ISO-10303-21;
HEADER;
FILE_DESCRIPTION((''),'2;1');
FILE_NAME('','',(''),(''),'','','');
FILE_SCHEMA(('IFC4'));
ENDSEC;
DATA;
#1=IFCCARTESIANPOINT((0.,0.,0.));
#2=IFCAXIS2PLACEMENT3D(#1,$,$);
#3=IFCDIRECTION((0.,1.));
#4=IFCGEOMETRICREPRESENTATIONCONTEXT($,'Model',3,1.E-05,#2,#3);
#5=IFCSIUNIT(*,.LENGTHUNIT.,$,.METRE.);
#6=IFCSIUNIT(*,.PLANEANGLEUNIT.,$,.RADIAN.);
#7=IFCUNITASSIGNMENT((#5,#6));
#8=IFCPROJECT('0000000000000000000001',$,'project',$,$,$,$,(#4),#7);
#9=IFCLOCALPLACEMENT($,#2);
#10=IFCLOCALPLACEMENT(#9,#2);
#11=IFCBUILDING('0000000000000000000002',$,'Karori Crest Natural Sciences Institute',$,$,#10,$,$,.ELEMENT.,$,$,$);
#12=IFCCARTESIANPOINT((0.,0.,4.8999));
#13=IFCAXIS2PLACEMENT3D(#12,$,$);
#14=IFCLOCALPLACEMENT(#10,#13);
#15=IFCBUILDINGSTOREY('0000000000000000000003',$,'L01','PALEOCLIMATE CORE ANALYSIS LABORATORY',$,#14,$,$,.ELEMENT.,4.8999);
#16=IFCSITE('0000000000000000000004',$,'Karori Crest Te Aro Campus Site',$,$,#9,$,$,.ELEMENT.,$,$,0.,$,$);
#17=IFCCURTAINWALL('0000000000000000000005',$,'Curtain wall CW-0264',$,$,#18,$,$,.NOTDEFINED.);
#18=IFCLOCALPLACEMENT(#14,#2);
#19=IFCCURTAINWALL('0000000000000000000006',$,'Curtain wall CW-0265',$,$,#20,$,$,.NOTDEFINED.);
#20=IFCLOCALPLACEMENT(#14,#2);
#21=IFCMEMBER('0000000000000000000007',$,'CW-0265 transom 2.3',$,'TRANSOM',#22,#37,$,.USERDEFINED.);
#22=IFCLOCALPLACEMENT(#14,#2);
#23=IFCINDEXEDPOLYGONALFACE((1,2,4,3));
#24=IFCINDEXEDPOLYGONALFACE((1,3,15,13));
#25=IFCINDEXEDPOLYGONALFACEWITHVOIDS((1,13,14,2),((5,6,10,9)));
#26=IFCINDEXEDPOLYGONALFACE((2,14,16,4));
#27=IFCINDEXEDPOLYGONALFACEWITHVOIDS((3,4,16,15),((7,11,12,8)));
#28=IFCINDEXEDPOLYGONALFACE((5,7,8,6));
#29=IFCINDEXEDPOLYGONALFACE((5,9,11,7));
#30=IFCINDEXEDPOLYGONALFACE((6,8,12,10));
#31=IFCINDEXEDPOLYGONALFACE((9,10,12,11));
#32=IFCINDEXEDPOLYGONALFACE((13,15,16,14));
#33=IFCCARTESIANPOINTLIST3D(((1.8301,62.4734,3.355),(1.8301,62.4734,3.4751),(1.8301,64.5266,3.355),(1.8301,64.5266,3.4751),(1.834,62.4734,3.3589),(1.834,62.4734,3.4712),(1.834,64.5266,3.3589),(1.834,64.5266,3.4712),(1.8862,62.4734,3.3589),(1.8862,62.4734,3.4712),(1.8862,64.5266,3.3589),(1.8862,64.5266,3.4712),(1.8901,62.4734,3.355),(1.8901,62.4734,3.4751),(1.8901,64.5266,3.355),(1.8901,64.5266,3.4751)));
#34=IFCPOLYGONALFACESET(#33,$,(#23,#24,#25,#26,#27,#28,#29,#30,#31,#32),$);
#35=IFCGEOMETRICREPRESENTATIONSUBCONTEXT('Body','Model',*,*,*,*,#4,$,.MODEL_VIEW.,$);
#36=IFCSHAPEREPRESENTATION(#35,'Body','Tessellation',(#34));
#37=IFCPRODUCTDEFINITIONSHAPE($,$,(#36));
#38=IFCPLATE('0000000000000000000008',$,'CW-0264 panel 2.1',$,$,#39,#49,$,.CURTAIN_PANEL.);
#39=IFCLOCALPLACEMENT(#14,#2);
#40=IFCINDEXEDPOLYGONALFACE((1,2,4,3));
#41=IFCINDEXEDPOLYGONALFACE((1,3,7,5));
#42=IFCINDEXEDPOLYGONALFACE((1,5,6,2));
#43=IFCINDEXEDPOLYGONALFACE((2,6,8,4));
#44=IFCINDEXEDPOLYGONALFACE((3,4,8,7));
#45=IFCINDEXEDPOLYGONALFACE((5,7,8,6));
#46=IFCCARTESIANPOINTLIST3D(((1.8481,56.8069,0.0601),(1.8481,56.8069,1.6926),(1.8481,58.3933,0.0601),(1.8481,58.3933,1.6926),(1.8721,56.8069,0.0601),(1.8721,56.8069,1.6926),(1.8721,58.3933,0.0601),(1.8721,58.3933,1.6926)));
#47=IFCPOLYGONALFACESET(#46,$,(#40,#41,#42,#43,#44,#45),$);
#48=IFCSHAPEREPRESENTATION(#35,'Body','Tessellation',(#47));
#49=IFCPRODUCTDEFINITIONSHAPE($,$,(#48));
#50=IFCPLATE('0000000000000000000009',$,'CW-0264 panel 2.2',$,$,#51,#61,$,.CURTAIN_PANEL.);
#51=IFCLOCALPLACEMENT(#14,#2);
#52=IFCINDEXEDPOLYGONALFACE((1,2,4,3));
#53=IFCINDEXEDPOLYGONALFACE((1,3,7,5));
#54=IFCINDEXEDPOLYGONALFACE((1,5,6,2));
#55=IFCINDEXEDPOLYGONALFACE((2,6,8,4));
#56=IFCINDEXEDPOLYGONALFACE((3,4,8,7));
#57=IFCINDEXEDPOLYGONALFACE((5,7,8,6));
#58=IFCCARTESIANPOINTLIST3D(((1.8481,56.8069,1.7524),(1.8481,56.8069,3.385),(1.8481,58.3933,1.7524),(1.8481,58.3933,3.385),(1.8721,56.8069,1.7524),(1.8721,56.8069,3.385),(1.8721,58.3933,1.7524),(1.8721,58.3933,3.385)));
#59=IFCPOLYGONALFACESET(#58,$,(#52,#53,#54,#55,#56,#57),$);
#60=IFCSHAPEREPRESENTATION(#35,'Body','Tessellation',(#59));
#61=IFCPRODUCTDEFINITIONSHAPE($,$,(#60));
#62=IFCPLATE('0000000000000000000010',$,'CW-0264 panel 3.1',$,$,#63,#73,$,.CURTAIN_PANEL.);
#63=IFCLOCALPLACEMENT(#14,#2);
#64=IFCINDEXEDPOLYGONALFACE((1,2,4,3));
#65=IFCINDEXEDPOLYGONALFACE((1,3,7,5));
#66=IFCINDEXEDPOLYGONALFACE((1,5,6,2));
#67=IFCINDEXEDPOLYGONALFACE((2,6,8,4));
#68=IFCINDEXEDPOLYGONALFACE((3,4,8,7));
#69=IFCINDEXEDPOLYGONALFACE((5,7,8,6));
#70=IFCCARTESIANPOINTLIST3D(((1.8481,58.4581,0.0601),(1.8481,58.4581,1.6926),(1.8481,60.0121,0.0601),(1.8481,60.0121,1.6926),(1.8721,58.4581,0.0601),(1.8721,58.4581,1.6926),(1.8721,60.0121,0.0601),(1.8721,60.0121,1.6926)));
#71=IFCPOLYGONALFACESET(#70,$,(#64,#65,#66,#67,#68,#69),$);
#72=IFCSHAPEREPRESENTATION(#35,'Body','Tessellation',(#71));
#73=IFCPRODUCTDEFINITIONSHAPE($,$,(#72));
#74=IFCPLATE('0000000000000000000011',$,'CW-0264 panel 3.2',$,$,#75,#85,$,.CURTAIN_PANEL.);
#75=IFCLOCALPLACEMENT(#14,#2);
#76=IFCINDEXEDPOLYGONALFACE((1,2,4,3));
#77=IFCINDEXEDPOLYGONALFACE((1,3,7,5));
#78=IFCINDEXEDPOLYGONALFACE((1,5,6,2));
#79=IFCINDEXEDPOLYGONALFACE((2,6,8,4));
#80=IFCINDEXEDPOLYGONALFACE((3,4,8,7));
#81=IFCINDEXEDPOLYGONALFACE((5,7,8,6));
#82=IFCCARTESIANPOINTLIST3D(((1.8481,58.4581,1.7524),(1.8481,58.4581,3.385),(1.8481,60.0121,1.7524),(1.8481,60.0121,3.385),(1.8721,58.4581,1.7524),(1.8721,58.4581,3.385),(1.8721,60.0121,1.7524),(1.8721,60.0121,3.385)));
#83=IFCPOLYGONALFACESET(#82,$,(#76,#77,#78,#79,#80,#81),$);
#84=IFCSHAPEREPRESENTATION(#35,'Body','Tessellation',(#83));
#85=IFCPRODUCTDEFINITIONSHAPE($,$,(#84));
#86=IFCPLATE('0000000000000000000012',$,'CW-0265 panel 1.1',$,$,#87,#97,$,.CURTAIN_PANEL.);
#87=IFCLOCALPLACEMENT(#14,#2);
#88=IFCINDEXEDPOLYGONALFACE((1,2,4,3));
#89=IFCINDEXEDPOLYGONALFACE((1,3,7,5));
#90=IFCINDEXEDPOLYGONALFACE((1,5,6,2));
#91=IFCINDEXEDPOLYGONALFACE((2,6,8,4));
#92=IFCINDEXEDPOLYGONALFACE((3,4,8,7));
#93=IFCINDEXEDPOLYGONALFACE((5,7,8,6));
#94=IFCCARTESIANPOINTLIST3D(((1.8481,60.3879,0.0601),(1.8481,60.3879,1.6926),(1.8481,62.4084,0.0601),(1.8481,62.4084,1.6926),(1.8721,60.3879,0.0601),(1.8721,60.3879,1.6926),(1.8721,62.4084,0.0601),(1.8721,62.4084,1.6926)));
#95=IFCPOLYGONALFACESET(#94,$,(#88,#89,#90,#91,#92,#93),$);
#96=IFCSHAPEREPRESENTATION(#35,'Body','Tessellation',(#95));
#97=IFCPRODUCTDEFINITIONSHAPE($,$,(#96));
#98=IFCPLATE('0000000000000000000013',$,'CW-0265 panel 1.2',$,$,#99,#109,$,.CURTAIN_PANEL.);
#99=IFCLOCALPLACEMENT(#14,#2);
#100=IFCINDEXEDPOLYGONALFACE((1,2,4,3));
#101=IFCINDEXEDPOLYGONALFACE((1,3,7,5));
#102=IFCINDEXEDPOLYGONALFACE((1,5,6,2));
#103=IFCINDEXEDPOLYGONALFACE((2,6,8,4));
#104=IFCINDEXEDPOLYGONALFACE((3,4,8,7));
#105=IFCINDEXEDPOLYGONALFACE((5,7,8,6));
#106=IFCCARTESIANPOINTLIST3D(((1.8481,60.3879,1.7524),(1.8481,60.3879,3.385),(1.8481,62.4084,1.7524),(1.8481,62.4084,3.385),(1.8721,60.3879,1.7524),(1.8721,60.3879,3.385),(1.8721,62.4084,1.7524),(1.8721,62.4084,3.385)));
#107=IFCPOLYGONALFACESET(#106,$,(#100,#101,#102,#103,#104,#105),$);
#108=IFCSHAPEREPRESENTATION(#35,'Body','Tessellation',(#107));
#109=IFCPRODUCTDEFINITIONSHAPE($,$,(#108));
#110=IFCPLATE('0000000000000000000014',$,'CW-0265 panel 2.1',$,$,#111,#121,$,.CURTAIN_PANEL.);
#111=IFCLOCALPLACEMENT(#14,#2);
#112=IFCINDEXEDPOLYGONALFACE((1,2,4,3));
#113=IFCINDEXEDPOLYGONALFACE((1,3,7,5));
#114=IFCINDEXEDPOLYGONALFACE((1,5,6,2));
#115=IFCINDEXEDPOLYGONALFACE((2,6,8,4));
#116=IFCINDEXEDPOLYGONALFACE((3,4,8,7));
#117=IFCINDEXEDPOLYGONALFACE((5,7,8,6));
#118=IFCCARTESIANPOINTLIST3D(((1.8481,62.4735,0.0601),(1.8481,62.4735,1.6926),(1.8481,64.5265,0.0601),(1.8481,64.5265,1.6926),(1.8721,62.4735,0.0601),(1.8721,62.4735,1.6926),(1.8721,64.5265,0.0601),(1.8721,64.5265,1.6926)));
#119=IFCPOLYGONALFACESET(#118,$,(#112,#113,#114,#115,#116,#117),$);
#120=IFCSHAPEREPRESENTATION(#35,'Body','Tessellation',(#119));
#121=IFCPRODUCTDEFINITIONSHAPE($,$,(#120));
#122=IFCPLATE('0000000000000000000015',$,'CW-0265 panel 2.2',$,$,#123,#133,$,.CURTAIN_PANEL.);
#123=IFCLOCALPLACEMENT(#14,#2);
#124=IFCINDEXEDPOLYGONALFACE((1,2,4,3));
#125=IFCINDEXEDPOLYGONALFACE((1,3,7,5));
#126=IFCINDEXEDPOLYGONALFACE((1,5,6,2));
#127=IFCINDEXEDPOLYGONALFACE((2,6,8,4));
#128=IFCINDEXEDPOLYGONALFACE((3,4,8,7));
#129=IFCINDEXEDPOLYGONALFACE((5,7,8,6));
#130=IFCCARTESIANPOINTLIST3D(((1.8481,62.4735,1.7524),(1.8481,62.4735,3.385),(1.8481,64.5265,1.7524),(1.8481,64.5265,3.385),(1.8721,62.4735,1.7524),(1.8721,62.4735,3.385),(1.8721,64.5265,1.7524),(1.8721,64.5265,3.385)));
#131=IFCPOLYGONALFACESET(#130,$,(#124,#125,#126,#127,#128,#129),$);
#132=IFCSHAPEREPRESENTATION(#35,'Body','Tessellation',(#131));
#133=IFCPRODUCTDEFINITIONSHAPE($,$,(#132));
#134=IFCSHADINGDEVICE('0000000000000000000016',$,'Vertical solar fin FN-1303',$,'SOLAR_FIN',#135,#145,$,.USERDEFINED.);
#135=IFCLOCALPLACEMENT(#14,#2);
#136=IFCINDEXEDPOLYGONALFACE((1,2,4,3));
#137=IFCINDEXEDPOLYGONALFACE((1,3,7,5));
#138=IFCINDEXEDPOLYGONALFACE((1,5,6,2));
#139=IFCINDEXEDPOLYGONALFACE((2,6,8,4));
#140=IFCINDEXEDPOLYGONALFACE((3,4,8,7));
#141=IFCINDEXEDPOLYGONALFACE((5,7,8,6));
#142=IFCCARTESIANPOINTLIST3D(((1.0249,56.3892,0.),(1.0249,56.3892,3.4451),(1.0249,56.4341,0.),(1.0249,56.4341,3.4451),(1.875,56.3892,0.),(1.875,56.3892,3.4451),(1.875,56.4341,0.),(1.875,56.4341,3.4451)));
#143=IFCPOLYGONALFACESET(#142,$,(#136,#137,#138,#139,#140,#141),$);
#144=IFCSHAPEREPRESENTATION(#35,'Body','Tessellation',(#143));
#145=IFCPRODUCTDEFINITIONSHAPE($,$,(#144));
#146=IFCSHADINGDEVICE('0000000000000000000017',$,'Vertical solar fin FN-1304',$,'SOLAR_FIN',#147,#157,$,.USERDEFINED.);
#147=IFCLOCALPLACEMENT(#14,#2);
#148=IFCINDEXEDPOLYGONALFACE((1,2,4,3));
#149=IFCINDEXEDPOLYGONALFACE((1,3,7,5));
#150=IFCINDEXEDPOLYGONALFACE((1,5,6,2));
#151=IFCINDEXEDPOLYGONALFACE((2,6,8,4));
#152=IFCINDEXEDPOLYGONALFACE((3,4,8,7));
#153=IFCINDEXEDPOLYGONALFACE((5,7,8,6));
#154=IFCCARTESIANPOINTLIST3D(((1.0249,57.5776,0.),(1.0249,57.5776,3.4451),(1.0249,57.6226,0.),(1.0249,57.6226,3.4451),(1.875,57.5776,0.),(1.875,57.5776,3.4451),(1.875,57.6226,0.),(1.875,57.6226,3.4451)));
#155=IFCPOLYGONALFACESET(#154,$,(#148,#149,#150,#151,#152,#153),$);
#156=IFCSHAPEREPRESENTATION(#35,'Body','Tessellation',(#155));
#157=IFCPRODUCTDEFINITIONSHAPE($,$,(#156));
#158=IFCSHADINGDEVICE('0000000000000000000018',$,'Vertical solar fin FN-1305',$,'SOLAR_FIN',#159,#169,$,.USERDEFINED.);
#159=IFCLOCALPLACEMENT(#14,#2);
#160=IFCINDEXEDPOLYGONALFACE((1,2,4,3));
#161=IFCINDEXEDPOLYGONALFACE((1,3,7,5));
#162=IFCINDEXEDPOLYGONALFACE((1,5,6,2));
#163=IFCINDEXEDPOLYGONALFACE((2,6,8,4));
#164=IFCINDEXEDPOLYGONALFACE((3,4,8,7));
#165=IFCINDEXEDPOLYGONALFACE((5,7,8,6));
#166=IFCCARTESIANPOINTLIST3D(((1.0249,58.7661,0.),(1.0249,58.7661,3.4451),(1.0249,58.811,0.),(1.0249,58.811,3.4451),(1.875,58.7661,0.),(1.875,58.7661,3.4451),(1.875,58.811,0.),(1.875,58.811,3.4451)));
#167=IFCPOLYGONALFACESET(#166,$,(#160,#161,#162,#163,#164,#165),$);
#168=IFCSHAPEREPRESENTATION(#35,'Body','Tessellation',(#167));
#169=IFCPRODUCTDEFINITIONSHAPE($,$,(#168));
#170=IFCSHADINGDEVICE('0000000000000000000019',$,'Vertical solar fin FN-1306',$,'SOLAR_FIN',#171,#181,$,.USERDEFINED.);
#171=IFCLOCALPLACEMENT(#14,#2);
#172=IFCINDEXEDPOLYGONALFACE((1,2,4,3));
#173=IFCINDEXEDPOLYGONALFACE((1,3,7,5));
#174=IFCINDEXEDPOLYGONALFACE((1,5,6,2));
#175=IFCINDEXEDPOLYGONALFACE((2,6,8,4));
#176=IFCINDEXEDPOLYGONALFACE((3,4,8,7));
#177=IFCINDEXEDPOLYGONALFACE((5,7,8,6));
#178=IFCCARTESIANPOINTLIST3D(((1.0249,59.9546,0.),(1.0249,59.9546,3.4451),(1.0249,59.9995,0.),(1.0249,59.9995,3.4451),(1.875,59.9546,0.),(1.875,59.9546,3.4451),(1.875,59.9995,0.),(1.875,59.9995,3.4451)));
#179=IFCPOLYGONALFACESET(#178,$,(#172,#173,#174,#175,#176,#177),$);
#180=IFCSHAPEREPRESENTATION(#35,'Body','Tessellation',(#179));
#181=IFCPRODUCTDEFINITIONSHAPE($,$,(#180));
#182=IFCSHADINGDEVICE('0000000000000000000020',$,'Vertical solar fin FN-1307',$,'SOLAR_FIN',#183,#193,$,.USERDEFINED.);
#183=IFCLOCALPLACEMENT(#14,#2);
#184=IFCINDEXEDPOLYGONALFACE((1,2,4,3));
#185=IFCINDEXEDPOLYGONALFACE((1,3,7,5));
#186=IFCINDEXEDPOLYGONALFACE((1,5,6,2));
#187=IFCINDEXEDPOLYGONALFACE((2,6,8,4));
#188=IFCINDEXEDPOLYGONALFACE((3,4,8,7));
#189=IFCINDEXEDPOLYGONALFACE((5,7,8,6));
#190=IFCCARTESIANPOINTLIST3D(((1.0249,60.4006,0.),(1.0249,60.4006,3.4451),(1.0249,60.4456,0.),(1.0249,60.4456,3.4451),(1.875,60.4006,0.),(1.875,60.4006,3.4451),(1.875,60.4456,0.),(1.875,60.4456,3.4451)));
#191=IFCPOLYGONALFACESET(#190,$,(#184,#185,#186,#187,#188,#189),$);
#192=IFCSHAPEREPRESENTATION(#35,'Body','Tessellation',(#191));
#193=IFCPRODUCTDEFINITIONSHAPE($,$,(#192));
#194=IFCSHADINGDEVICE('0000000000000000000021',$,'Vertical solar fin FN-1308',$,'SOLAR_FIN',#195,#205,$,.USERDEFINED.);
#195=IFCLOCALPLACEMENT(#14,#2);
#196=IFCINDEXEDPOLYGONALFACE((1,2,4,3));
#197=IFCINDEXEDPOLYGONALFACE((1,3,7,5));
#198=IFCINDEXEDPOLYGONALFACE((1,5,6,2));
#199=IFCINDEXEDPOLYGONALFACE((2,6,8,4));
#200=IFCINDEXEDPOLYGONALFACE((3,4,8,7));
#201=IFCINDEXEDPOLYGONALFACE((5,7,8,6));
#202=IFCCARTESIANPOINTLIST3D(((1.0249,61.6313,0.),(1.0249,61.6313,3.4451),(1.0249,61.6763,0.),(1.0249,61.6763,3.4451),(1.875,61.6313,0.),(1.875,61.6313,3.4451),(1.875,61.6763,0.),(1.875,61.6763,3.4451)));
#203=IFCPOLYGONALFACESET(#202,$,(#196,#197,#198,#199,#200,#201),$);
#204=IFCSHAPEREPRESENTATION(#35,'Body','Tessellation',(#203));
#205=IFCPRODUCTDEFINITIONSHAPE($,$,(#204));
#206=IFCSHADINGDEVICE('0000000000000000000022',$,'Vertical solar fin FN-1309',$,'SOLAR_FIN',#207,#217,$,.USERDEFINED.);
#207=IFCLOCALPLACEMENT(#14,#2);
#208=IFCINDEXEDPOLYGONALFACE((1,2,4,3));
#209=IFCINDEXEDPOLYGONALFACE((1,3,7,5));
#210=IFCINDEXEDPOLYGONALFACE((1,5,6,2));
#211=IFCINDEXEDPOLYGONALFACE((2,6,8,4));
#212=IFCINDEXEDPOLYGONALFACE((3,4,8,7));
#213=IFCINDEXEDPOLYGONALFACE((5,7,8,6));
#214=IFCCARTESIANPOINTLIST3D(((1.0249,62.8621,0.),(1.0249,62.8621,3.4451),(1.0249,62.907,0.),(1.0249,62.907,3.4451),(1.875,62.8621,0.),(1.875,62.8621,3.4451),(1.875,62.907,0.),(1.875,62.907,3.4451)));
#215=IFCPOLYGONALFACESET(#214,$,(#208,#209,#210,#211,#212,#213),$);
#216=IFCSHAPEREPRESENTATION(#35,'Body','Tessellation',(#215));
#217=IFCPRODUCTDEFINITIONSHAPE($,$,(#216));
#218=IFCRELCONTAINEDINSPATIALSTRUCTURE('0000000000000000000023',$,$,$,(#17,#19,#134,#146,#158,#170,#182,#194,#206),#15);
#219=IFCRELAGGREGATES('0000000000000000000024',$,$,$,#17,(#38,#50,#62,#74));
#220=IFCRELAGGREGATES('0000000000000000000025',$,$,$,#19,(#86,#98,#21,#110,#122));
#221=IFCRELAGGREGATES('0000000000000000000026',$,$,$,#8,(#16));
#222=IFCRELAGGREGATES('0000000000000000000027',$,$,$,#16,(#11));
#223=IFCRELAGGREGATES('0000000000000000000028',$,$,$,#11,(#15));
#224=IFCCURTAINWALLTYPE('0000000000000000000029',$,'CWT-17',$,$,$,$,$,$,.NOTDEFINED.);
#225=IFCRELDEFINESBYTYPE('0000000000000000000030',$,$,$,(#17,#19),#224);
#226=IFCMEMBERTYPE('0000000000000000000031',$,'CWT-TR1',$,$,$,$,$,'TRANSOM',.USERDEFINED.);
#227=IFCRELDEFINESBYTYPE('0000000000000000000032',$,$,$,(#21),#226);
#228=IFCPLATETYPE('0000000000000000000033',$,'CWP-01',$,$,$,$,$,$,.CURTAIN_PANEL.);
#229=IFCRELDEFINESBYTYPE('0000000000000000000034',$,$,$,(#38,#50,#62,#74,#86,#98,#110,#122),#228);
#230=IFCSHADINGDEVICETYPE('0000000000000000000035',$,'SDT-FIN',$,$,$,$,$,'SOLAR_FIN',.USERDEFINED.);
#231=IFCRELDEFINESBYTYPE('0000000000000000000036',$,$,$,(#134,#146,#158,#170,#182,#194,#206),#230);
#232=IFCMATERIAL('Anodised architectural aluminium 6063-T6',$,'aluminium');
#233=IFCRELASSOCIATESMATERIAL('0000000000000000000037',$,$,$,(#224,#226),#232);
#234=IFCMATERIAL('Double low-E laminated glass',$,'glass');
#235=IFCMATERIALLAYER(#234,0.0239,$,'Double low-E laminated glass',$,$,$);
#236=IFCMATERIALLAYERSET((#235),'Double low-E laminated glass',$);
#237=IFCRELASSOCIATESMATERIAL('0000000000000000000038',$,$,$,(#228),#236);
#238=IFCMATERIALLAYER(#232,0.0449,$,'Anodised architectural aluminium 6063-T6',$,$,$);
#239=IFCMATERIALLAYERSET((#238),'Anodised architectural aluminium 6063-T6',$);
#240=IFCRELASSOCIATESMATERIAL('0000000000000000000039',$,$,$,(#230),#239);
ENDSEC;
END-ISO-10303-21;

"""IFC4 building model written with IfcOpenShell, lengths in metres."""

from ifc_helpers import new_model, si_unit, direction, frame, origin, origin_2d, place, context, subcontext, project, spatial, rectangle, hollow_rectangle, extrude, material, layer, layer_set, material_profile, profile_set, type_object, element, aggregate, save


model = new_model("IFC4")

# Units and contexts
model_context = context("Model", 3, precision=1e-05, world=origin(), true_north=direction((0.0, 1.0)))
body_context = subcontext(model_context, "Body", "Model", "MODEL_VIEW")
ifc_project = project(units=[si_unit("LENGTHUNIT", "METRE"), si_unit("PLANEANGLEUNIT", "RADIAN")], contexts=[model_context])

# Site, building, storey
site_placement = place(None, origin())
site = spatial("IfcSite", under=ifc_project, at=site_placement, Name="Karori Crest Te Aro Campus Site", CompositionType="ELEMENT", RefElevation=0.0)
building_placement = place(site_placement, origin())
building = spatial("IfcBuilding", under=site, at=building_placement, Name="Karori Crest Natural Sciences Institute", CompositionType="ELEMENT")
storey_placement = place(building_placement, frame((0.0, 0.0, 4.8999)))
storey = spatial("IfcBuildingStorey", under=building, at=storey_placement, Name="L01", Description="PALEOCLIMATE CORE ANALYSIS LABORATORY", CompositionType="ELEMENT", Elevation=4.8999)

# Curtain walls
ifc_material_1 = material(Name="Anodised architectural aluminium 6063-T6", Category="aluminium")
curtain_wall_type = type_object("IfcCurtainWallType", Name="CWT-17", PredefinedType="NOTDEFINED", material=ifc_material_1)
curtain_wall_1_placement = place(storey_placement, origin())
curtain_wall_1 = element("IfcCurtainWall", 1, at=curtain_wall_1_placement, inside=storey, type_object=curtain_wall_type, Name="Curtain wall CW-0264", PredefinedType="NOTDEFINED")
curtain_wall_2_placement = place(storey_placement, origin())
curtain_wall_2 = element("IfcCurtainWall", 2, at=curtain_wall_2_placement, inside=storey, type_object=curtain_wall_type, Name="Curtain wall CW-0265", PredefinedType="NOTDEFINED")

# Member
ifc_material_profile_1 = material_profile(ifc_material_1, hollow_rectangle(XDim=0.0601, YDim=0.1201, WallThickness=0.0039, at=origin_2d()), Name="CWT120x60x4")
ifc_profile_set_1 = profile_set([ifc_material_profile_1], Name="Anodised architectural aluminium 6063-T6")
member_type_1 = type_object("IfcMemberType", Name="CWT-TR1", ElementType="TRANSOM", PredefinedType="USERDEFINED", material=ifc_profile_set_1)
member_1_placement = place(storey_placement, frame((1.8601, 62.4734, 3.415), z_axis=(0.0, 1.0, 0.0), x_axis=(-1.0, 0.0, 0.0)))
member_1 = element("IfcMember", 3, at=member_1_placement, type_object=member_type_1, Name="CW-0265 transom 2.3", ObjectType="TRANSOM", PredefinedType="USERDEFINED", context=body_context, shape_type="SweptSolid", body=[
    extrude(hollow_rectangle(XDim=0.0601, YDim=0.1201, WallThickness=0.0039, at=origin_2d()), origin(), (0.0, 0.0, 1.0), 2.0532),
])

# Plates
ifc_material_2 = material(Name="Double low-E laminated glass", Category="glass")
ifc_layer_1 = layer(ifc_material_2, 0.0239, Name="Double low-E laminated glass")
ifc_layer_set_1 = layer_set([ifc_layer_1], Name="Double low-E laminated glass")
plate_type = type_object("IfcPlateType", Name="CWP-01", PredefinedType="CURTAIN_PANEL", material=ifc_layer_set_1)
plate_1_placement = place(storey_placement, frame((1.8601, 57.6001, 0.0601), z_axis=(0.0, 0.0, 1.0), x_axis=(0.0, 1.0, 0.0)))
plate_1 = element("IfcPlate", 4, at=plate_1_placement, type_object=plate_type, Name="CW-0264 panel 2.1", PredefinedType="CURTAIN_PANEL", context=body_context, shape_type="SweptSolid", body=[
    extrude(rectangle(XDim=1.5864, YDim=0.0239, at=origin_2d()), origin(), (0.0, 0.0, 1.0), 1.6326),
])
plate_2_placement = place(storey_placement, frame((1.8601, 57.6001, 1.7524), z_axis=(0.0, 0.0, 1.0), x_axis=(0.0, 1.0, 0.0)))
plate_2 = element("IfcPlate", 5, at=plate_2_placement, type_object=plate_type, Name="CW-0264 panel 2.2", PredefinedType="CURTAIN_PANEL", context=body_context, shape_type="SweptSolid", body=[
    extrude(rectangle(XDim=1.5864, YDim=0.0239, at=origin_2d()), origin(), (0.0, 0.0, 1.0), 1.6326),
])
plate_3_placement = place(storey_placement, frame((1.8601, 59.2351, 0.0601), z_axis=(0.0, 0.0, 1.0), x_axis=(0.0, 1.0, 0.0)))
plate_3 = element("IfcPlate", 6, at=plate_3_placement, type_object=plate_type, Name="CW-0264 panel 3.1", PredefinedType="CURTAIN_PANEL", context=body_context, shape_type="SweptSolid", body=[
    extrude(rectangle(XDim=1.554, YDim=0.0239, at=origin_2d()), origin(), (0.0, 0.0, 1.0), 1.6326),
])
plate_4_placement = place(storey_placement, frame((1.8601, 59.2351, 1.7524), z_axis=(0.0, 0.0, 1.0), x_axis=(0.0, 1.0, 0.0)))
plate_4 = element("IfcPlate", 7, at=plate_4_placement, type_object=plate_type, Name="CW-0264 panel 3.2", PredefinedType="CURTAIN_PANEL", context=body_context, shape_type="SweptSolid", body=[
    extrude(rectangle(XDim=1.554, YDim=0.0239, at=origin_2d()), origin(), (0.0, 0.0, 1.0), 1.6326),
])
aggregate(curtain_wall_1, [plate_1, plate_2, plate_3, plate_4])
plate_5_placement = place(storey_placement, frame((1.8601, 61.3982, 0.0601), z_axis=(0.0, 0.0, 1.0), x_axis=(0.0, 1.0, 0.0)))
plate_5 = element("IfcPlate", 8, at=plate_5_placement, type_object=plate_type, Name="CW-0265 panel 1.1", PredefinedType="CURTAIN_PANEL", context=body_context, shape_type="SweptSolid", body=[
    extrude(rectangle(XDim=2.0205, YDim=0.0239, at=origin_2d()), origin(), (0.0, 0.0, 1.0), 1.6326),
])
plate_6_placement = place(storey_placement, frame((1.8601, 61.3982, 1.7524), z_axis=(0.0, 0.0, 1.0), x_axis=(0.0, 1.0, 0.0)))
plate_6 = element("IfcPlate", 9, at=plate_6_placement, type_object=plate_type, Name="CW-0265 panel 1.2", PredefinedType="CURTAIN_PANEL", context=body_context, shape_type="SweptSolid", body=[
    extrude(rectangle(XDim=2.0205, YDim=0.0239, at=origin_2d()), origin(), (0.0, 0.0, 1.0), 1.6326),
])
plate_7_placement = place(storey_placement, frame((1.8601, 63.5, 0.0601), z_axis=(0.0, 0.0, 1.0), x_axis=(0.0, 1.0, 0.0)))
plate_7 = element("IfcPlate", 10, at=plate_7_placement, type_object=plate_type, Name="CW-0265 panel 2.1", PredefinedType="CURTAIN_PANEL", context=body_context, shape_type="SweptSolid", body=[
    extrude(rectangle(XDim=2.053, YDim=0.0239, at=origin_2d()), origin(), (0.0, 0.0, 1.0), 1.6326),
])
plate_8_placement = place(storey_placement, frame((1.8601, 63.5, 1.7524), z_axis=(0.0, 0.0, 1.0), x_axis=(0.0, 1.0, 0.0)))
plate_8 = element("IfcPlate", 11, at=plate_8_placement, type_object=plate_type, Name="CW-0265 panel 2.2", PredefinedType="CURTAIN_PANEL", context=body_context, shape_type="SweptSolid", body=[
    extrude(rectangle(XDim=2.053, YDim=0.0239, at=origin_2d()), origin(), (0.0, 0.0, 1.0), 1.6326),
])
aggregate(curtain_wall_2, [plate_5, plate_6, member_1, plate_7, plate_8])

# Shading devices
ifc_layer_2 = layer(ifc_material_1, 0.0449, Name="Anodised architectural aluminium 6063-T6")
ifc_layer_set_2 = layer_set([ifc_layer_2], Name="Anodised architectural aluminium 6063-T6")
shading_device_type = type_object("IfcShadingDeviceType", Name="SDT-FIN", ElementType="SOLAR_FIN", PredefinedType="USERDEFINED", material=ifc_layer_set_2)
for number, where, z_axis, x_axis, name in (
    (12, (1.45, 56.4116, 0.0), (0.0, 0.0, 1.0), (-1.0, 0.0, 0.0), "Vertical solar fin FN-1303"),
    (13, (1.45, 57.6001, 0.0), (0.0, 0.0, 1.0), (-1.0, 0.0, 0.0), "Vertical solar fin FN-1304"),
    (14, (1.45, 58.7886, 0.0), (0.0, 0.0, 1.0), (-1.0, 0.0, 0.0), "Vertical solar fin FN-1305"),
    (15, (1.45, 59.9771, 0.0), (0.0, 0.0, 1.0), (-1.0, 0.0, 0.0), "Vertical solar fin FN-1306"),
    (16, (1.45, 60.4231, 0.0), (0.0, 0.0, 1.0), (-1.0, 0.0, 0.0), "Vertical solar fin FN-1307"),
    (17, (1.45, 61.6538, 0.0), (0.0, 0.0, 1.0), (-1.0, 0.0, 0.0), "Vertical solar fin FN-1308"),
    (18, (1.45, 62.8845, 0.0), (0.0, 0.0, 1.0), (-1.0, 0.0, 0.0), "Vertical solar fin FN-1309"),
):
    element("IfcShadingDevice", number, at=place(storey_placement, frame(where, z_axis=z_axis, x_axis=x_axis)), inside=storey, type_object=shading_device_type, Name=name, ObjectType="SOLAR_FIN", PredefinedType="USERDEFINED", context=body_context, shape_type="SweptSolid", body=[
        extrude(rectangle(XDim=0.8501, YDim=0.0449, at=origin_2d()), origin(), (0.0, 0.0, 1.0), 3.4451),
    ])

save(model, "model.ifc")
